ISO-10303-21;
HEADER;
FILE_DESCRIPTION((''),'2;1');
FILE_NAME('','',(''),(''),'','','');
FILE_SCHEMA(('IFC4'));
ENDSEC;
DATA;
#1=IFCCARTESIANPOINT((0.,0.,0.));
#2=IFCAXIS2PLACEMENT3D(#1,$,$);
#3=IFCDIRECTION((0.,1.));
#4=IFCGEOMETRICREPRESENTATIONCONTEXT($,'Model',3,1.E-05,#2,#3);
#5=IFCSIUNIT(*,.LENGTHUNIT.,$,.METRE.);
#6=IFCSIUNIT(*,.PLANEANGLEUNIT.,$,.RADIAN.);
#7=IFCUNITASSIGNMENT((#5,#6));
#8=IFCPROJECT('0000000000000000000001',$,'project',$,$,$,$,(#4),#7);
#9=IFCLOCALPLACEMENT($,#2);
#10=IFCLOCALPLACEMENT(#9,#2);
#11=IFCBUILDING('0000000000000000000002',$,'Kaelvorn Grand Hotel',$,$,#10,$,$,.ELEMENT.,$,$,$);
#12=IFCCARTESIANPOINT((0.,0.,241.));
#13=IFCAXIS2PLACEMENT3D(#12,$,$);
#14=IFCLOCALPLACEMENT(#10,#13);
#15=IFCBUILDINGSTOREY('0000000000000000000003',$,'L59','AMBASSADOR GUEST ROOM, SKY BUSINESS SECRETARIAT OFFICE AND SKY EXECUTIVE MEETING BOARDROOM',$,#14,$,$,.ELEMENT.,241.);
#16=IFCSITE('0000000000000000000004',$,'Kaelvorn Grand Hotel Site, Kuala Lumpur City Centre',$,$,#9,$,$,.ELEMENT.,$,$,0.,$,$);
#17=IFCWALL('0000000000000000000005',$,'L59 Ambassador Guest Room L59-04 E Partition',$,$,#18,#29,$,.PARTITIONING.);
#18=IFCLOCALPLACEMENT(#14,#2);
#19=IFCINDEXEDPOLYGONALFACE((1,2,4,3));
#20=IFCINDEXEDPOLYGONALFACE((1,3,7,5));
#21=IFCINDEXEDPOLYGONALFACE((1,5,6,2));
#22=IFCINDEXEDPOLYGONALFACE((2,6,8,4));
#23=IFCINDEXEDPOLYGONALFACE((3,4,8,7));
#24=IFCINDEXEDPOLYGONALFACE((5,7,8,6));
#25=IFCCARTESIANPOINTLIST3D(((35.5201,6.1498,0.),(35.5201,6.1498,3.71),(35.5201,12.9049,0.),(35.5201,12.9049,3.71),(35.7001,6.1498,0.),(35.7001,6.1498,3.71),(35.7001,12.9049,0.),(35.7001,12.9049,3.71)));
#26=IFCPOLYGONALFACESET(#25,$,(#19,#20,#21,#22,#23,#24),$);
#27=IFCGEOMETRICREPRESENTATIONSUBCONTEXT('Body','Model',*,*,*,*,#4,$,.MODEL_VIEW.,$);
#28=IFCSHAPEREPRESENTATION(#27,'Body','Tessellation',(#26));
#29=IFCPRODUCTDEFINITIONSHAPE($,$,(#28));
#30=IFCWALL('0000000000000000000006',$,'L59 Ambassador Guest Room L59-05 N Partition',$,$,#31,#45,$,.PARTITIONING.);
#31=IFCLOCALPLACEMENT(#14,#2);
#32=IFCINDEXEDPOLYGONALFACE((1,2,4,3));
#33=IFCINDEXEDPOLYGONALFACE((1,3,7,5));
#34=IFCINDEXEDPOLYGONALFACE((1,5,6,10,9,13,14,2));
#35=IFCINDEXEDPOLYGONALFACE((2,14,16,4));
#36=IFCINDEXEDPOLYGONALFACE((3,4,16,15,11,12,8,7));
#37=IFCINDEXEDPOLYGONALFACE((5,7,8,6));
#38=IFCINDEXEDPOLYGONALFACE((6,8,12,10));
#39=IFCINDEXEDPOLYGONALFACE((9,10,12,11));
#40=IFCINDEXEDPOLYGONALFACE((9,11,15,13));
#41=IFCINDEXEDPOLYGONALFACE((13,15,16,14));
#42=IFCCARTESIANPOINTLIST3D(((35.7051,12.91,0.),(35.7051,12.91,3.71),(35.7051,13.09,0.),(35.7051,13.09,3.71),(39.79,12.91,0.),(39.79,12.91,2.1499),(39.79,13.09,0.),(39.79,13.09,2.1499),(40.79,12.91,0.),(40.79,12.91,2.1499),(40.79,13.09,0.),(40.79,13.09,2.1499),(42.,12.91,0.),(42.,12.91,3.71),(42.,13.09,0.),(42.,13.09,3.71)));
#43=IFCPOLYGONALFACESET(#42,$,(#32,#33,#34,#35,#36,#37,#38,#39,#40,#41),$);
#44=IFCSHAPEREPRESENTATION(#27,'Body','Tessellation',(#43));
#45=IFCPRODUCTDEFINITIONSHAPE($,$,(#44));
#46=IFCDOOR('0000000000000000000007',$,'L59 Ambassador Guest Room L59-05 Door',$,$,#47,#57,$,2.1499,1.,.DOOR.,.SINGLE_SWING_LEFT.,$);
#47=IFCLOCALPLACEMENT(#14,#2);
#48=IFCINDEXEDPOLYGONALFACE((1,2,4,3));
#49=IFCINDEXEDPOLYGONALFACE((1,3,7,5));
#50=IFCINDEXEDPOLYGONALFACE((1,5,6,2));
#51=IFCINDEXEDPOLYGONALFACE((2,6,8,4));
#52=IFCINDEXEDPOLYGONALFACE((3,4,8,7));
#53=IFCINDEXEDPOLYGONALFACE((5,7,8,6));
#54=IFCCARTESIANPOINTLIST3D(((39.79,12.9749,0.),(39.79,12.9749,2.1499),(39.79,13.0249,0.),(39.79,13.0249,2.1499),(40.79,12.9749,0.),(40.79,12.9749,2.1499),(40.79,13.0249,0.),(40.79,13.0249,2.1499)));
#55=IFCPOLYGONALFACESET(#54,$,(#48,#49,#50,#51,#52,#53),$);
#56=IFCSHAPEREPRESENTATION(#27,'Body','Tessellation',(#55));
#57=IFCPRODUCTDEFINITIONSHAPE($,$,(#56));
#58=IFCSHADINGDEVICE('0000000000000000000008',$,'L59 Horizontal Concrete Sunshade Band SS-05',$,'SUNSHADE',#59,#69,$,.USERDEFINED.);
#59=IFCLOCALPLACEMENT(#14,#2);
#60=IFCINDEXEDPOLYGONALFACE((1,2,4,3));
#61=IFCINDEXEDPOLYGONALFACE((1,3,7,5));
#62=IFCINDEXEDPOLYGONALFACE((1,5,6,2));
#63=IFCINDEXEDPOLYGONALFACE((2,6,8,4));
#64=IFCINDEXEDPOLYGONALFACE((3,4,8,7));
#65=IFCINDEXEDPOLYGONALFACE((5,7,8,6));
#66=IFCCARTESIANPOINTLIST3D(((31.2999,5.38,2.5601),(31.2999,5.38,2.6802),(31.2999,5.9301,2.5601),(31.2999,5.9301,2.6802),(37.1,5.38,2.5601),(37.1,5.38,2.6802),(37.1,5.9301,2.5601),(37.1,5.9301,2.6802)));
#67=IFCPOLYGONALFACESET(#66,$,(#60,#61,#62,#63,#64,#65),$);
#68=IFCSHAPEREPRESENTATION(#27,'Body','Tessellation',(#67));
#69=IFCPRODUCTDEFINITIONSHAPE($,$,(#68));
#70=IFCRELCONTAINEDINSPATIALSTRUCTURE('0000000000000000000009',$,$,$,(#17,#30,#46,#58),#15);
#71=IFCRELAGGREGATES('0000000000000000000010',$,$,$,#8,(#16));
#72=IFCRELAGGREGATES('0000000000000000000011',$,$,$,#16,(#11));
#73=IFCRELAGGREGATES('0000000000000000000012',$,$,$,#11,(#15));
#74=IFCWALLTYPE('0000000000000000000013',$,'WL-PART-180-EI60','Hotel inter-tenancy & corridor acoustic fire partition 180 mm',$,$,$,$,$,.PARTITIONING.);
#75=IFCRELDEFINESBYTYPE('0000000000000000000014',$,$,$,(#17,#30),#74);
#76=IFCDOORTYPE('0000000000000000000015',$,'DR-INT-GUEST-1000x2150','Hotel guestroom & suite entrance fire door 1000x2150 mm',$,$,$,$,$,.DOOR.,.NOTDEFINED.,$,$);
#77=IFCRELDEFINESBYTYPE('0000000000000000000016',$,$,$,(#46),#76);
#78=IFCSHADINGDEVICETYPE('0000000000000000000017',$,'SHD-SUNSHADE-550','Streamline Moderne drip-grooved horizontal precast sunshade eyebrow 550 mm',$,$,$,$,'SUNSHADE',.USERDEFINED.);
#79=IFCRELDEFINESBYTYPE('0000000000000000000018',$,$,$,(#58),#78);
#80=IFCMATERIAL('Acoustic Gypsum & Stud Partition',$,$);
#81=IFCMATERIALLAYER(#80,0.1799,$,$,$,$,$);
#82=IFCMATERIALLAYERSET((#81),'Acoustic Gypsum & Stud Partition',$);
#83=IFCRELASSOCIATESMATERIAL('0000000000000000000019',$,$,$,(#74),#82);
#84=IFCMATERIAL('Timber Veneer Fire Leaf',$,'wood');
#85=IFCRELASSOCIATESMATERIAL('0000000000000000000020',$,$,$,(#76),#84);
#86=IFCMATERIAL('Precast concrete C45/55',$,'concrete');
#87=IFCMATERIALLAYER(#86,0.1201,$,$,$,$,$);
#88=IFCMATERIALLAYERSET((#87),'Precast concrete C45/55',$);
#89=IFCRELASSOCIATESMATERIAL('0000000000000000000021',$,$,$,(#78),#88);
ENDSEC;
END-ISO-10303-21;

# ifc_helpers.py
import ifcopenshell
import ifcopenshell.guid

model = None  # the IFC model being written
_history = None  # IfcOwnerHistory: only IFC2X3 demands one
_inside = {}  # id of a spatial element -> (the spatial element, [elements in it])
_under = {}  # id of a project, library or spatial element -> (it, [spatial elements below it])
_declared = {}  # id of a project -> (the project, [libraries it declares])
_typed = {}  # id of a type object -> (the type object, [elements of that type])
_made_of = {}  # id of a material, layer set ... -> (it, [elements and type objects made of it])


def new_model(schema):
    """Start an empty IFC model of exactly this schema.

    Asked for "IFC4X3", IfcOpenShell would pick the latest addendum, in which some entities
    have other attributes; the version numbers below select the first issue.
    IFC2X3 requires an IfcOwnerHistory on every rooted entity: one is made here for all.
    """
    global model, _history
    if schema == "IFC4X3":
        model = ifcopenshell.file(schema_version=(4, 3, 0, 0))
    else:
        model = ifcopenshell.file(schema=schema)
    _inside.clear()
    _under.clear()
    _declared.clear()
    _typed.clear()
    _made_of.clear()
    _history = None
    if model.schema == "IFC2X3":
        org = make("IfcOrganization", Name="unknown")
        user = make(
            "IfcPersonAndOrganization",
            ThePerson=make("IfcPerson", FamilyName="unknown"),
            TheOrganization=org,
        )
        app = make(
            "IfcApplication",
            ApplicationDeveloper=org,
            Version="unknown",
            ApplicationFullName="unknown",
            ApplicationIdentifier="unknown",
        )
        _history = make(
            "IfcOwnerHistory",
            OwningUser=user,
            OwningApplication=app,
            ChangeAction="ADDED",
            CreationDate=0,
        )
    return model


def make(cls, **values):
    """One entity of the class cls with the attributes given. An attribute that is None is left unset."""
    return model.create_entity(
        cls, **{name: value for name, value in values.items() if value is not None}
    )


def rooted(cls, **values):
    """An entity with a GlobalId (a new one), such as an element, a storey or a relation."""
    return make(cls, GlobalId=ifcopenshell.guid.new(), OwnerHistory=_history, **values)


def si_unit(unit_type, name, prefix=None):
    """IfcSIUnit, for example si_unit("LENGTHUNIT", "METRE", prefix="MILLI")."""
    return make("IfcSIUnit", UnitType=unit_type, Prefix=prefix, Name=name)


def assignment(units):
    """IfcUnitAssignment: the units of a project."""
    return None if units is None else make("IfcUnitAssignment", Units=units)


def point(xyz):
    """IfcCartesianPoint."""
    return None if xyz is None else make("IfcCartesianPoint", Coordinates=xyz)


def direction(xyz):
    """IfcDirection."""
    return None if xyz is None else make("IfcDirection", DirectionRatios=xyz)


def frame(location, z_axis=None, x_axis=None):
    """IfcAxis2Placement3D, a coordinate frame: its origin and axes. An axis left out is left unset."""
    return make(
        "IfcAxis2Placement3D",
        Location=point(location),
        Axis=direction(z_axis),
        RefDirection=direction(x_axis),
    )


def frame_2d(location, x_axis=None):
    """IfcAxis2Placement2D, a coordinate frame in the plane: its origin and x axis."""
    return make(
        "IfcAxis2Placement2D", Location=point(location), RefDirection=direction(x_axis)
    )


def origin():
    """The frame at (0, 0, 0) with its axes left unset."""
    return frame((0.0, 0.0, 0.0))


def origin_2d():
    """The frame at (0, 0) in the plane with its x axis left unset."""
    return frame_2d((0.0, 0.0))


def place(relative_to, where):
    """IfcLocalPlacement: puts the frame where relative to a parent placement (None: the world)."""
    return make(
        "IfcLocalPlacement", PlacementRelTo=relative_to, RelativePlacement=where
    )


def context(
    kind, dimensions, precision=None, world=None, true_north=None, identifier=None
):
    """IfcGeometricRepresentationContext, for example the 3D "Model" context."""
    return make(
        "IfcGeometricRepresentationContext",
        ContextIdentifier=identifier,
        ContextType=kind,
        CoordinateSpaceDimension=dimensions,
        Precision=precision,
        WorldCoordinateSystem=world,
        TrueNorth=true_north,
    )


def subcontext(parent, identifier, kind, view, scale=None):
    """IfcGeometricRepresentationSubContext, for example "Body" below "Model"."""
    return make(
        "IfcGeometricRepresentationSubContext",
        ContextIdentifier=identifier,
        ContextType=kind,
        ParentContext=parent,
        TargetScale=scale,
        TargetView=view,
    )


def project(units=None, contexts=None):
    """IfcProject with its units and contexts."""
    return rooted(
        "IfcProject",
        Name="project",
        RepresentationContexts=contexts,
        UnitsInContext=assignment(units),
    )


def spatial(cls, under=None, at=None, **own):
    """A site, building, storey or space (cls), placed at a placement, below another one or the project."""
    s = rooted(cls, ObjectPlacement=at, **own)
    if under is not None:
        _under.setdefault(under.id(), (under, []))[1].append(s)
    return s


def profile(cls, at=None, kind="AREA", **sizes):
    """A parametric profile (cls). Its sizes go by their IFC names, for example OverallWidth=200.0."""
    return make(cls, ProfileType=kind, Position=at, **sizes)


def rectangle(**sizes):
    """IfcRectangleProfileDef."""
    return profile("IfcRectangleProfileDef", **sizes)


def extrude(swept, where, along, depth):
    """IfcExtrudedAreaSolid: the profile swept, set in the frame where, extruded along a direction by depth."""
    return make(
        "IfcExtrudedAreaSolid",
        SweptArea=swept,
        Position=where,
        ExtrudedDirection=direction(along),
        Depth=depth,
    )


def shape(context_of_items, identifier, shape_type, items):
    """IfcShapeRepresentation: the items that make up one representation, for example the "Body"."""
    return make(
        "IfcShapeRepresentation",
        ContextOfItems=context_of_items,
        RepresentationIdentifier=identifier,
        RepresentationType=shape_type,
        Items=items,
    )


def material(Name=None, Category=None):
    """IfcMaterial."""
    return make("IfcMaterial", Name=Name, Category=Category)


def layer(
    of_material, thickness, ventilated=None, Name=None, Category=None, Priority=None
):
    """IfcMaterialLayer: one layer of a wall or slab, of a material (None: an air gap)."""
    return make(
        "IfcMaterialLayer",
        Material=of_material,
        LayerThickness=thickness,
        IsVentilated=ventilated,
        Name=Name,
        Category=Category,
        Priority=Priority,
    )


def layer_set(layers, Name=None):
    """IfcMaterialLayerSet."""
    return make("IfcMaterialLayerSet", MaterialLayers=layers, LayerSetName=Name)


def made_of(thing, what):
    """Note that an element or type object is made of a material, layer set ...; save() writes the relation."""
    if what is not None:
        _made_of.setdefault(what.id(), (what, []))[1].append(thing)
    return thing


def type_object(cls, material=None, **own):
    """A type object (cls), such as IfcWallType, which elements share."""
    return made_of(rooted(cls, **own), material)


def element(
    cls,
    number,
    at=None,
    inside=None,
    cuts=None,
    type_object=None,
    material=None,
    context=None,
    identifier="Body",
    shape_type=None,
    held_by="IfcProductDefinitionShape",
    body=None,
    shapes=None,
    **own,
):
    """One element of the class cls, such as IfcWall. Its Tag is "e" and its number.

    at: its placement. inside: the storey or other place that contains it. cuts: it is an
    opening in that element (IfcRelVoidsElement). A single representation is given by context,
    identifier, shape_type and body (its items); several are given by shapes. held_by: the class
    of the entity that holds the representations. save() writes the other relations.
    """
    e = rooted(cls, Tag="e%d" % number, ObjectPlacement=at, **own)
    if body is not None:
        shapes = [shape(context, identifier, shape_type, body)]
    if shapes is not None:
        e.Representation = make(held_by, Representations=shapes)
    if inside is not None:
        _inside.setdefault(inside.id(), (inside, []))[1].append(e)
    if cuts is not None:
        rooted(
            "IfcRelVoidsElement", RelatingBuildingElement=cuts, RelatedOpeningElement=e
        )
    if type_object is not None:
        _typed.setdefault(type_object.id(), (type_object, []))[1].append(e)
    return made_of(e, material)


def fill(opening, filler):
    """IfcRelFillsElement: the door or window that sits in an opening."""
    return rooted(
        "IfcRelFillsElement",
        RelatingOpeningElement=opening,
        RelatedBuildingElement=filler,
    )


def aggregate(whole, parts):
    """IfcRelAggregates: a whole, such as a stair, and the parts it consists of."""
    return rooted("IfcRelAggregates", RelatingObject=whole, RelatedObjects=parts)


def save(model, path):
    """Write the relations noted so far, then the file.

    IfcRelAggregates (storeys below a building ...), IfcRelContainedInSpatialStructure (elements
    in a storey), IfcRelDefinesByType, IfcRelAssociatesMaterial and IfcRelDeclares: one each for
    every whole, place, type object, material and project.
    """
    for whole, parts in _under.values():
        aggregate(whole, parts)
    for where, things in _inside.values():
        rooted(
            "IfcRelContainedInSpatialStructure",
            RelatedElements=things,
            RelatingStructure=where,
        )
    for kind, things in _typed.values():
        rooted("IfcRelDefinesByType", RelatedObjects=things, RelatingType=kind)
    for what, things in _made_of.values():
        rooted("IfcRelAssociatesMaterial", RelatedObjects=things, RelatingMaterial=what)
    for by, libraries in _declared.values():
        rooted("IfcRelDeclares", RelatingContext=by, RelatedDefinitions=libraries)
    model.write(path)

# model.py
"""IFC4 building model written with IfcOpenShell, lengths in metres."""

from ifc_helpers import new_model, si_unit, direction, frame, frame_2d, origin, origin_2d, place, context, subcontext, project, spatial, rectangle, extrude, material, layer, layer_set, type_object, element, fill, save


model = new_model("IFC4")

# Units and contexts
model_context = context("Model", 3, precision=1e-05, world=origin(), true_north=direction((0.0, 1.0)))
body_context = subcontext(model_context, "Body", "Model", "MODEL_VIEW")
ifc_project = project(units=[si_unit("LENGTHUNIT", "METRE"), si_unit("PLANEANGLEUNIT", "RADIAN")], contexts=[model_context])

# Site, building, storey
site_placement = place(None, origin())
site = spatial("IfcSite", under=ifc_project, at=site_placement, Name="Kaelvorn Grand Hotel Site, Kuala Lumpur City Centre", CompositionType="ELEMENT", RefElevation=0.0)
building_placement = place(site_placement, origin())
building = spatial("IfcBuilding", under=site, at=building_placement, Name="Kaelvorn Grand Hotel", CompositionType="ELEMENT")
storey_placement = place(building_placement, frame((0.0, 0.0, 241.0)))
storey = spatial("IfcBuildingStorey", under=building, at=storey_placement, Name="L59", Description="AMBASSADOR GUEST ROOM, SKY BUSINESS SECRETARIAT OFFICE AND SKY EXECUTIVE MEETING BOARDROOM", CompositionType="ELEMENT", Elevation=241.0)

# Shared definitions
ifc_material_1 = material(Name="Acoustic Gypsum & Stud Partition")
ifc_layer_1 = layer(ifc_material_1, 0.1799)
ifc_layer_set_1 = layer_set([ifc_layer_1], Name="Acoustic Gypsum & Stud Partition")
wall_type_1 = type_object("IfcWallType", Name="WL-PART-180-EI60", Description="Hotel inter-tenancy & corridor acoustic fire partition 180 mm", PredefinedType="PARTITIONING", material=ifc_layer_set_1)

# Shared definitions
ifc_material_2 = material(Name="Timber Veneer Fire Leaf", Category="wood")
door_type_1 = type_object("IfcDoorType", Name="DR-INT-GUEST-1000x2150", Description="Hotel guestroom & suite entrance fire door 1000x2150 mm", OperationType="NOTDEFINED", PredefinedType="DOOR", material=ifc_material_2)

# Wall
wall_1_placement = place(storey_placement, frame((35.6101, 6.1499, 0.0), z_axis=(0.0, 0.0, 1.0), x_axis=(0.0, 1.0, 0.0)))
element("IfcWall", 1, at=wall_1_placement, inside=storey, type_object=wall_type_1, Name="L59 Ambassador Guest Room L59-04 E Partition", PredefinedType="PARTITIONING", context=body_context, shape_type="SweptSolid", body=[
    extrude(rectangle(XDim=6.7551, YDim=0.1799, at=frame_2d((3.3774, 0.0))), origin(), (0.0, 0.0, 1.0), 3.71),
])

# Wall, opening, door
wall_2_placement = place(storey_placement, frame((35.7051, 13.0, 0.0), z_axis=(0.0, 0.0, 1.0), x_axis=(1.0, 0.0, 0.0)))
wall_2 = element("IfcWall", 2, at=wall_2_placement, inside=storey, type_object=wall_type_1, Name="L59 Ambassador Guest Room L59-05 N Partition", PredefinedType="PARTITIONING", context=body_context, shape_type="SweptSolid", body=[
    extrude(rectangle(XDim=6.2949, YDim=0.1799, at=frame_2d((3.1475, 0.0))), origin(), (0.0, 0.0, 1.0), 3.71),
])
opening_1_placement = place(wall_2_placement, frame((4.085, 0.0, 0.0)))
opening_1 = element("IfcOpeningElement", 3, at=opening_1_placement, cuts=wall_2, PredefinedType="OPENING", context=body_context, shape_type="SweptSolid", body=[
    extrude(rectangle(XDim=1.0, YDim=2.1499, at=frame_2d((0.5, 1.075))), frame((0.0, 0.1001, 0.0), z_axis=(0.0, -1.0, 0.0), x_axis=(1.0, 0.0, 0.0)), (0.0, 0.0, 1.0), 0.2),
])
door_1_placement = place(opening_1_placement, origin())
door_1 = element("IfcDoor", 4, at=door_1_placement, inside=storey, type_object=door_type_1, Name="L59 Ambassador Guest Room L59-05 Door", OperationType="SINGLE_SWING_LEFT", OverallHeight=2.1499, OverallWidth=1.0, PredefinedType="DOOR", context=body_context, shape_type="SweptSolid", body=[
    extrude(rectangle(XDim=1.0, YDim=2.1499, at=frame_2d((0.5, 1.075))), frame((0.0, 0.0249, 0.0), z_axis=(0.0, -1.0, 0.0), x_axis=(1.0, 0.0, 0.0)), (0.0, 0.0, 1.0), 0.05),
])
fill(opening_1, door_1)

# Shading device
ifc_material_3 = material(Name="Precast concrete C45/55", Category="concrete")
ifc_layer_2 = layer(ifc_material_3, 0.1201)
ifc_layer_set_2 = layer_set([ifc_layer_2], Name="Precast concrete C45/55")
shading_device_type = type_object("IfcShadingDeviceType", Name="SHD-SUNSHADE-550", Description="Streamline Moderne drip-grooved horizontal precast sunshade eyebrow 550 mm", ElementType="SUNSHADE", PredefinedType="USERDEFINED", material=ifc_layer_set_2)
shading_device_placement = place(storey_placement, frame((34.2, 5.655, 2.5601), z_axis=(0.0, 0.0, 1.0), x_axis=(1.0, 0.0, 0.0)))
element("IfcShadingDevice", 5, at=shading_device_placement, inside=storey, type_object=shading_device_type, Name="L59 Horizontal Concrete Sunshade Band SS-05", ObjectType="SUNSHADE", PredefinedType="USERDEFINED", context=body_context, shape_type="SweptSolid", body=[
    extrude(rectangle(XDim=5.8, YDim=0.55, at=origin_2d()), origin(), (0.0, 0.0, 1.0), 0.1201),
])

save(model, "model.ifc")
